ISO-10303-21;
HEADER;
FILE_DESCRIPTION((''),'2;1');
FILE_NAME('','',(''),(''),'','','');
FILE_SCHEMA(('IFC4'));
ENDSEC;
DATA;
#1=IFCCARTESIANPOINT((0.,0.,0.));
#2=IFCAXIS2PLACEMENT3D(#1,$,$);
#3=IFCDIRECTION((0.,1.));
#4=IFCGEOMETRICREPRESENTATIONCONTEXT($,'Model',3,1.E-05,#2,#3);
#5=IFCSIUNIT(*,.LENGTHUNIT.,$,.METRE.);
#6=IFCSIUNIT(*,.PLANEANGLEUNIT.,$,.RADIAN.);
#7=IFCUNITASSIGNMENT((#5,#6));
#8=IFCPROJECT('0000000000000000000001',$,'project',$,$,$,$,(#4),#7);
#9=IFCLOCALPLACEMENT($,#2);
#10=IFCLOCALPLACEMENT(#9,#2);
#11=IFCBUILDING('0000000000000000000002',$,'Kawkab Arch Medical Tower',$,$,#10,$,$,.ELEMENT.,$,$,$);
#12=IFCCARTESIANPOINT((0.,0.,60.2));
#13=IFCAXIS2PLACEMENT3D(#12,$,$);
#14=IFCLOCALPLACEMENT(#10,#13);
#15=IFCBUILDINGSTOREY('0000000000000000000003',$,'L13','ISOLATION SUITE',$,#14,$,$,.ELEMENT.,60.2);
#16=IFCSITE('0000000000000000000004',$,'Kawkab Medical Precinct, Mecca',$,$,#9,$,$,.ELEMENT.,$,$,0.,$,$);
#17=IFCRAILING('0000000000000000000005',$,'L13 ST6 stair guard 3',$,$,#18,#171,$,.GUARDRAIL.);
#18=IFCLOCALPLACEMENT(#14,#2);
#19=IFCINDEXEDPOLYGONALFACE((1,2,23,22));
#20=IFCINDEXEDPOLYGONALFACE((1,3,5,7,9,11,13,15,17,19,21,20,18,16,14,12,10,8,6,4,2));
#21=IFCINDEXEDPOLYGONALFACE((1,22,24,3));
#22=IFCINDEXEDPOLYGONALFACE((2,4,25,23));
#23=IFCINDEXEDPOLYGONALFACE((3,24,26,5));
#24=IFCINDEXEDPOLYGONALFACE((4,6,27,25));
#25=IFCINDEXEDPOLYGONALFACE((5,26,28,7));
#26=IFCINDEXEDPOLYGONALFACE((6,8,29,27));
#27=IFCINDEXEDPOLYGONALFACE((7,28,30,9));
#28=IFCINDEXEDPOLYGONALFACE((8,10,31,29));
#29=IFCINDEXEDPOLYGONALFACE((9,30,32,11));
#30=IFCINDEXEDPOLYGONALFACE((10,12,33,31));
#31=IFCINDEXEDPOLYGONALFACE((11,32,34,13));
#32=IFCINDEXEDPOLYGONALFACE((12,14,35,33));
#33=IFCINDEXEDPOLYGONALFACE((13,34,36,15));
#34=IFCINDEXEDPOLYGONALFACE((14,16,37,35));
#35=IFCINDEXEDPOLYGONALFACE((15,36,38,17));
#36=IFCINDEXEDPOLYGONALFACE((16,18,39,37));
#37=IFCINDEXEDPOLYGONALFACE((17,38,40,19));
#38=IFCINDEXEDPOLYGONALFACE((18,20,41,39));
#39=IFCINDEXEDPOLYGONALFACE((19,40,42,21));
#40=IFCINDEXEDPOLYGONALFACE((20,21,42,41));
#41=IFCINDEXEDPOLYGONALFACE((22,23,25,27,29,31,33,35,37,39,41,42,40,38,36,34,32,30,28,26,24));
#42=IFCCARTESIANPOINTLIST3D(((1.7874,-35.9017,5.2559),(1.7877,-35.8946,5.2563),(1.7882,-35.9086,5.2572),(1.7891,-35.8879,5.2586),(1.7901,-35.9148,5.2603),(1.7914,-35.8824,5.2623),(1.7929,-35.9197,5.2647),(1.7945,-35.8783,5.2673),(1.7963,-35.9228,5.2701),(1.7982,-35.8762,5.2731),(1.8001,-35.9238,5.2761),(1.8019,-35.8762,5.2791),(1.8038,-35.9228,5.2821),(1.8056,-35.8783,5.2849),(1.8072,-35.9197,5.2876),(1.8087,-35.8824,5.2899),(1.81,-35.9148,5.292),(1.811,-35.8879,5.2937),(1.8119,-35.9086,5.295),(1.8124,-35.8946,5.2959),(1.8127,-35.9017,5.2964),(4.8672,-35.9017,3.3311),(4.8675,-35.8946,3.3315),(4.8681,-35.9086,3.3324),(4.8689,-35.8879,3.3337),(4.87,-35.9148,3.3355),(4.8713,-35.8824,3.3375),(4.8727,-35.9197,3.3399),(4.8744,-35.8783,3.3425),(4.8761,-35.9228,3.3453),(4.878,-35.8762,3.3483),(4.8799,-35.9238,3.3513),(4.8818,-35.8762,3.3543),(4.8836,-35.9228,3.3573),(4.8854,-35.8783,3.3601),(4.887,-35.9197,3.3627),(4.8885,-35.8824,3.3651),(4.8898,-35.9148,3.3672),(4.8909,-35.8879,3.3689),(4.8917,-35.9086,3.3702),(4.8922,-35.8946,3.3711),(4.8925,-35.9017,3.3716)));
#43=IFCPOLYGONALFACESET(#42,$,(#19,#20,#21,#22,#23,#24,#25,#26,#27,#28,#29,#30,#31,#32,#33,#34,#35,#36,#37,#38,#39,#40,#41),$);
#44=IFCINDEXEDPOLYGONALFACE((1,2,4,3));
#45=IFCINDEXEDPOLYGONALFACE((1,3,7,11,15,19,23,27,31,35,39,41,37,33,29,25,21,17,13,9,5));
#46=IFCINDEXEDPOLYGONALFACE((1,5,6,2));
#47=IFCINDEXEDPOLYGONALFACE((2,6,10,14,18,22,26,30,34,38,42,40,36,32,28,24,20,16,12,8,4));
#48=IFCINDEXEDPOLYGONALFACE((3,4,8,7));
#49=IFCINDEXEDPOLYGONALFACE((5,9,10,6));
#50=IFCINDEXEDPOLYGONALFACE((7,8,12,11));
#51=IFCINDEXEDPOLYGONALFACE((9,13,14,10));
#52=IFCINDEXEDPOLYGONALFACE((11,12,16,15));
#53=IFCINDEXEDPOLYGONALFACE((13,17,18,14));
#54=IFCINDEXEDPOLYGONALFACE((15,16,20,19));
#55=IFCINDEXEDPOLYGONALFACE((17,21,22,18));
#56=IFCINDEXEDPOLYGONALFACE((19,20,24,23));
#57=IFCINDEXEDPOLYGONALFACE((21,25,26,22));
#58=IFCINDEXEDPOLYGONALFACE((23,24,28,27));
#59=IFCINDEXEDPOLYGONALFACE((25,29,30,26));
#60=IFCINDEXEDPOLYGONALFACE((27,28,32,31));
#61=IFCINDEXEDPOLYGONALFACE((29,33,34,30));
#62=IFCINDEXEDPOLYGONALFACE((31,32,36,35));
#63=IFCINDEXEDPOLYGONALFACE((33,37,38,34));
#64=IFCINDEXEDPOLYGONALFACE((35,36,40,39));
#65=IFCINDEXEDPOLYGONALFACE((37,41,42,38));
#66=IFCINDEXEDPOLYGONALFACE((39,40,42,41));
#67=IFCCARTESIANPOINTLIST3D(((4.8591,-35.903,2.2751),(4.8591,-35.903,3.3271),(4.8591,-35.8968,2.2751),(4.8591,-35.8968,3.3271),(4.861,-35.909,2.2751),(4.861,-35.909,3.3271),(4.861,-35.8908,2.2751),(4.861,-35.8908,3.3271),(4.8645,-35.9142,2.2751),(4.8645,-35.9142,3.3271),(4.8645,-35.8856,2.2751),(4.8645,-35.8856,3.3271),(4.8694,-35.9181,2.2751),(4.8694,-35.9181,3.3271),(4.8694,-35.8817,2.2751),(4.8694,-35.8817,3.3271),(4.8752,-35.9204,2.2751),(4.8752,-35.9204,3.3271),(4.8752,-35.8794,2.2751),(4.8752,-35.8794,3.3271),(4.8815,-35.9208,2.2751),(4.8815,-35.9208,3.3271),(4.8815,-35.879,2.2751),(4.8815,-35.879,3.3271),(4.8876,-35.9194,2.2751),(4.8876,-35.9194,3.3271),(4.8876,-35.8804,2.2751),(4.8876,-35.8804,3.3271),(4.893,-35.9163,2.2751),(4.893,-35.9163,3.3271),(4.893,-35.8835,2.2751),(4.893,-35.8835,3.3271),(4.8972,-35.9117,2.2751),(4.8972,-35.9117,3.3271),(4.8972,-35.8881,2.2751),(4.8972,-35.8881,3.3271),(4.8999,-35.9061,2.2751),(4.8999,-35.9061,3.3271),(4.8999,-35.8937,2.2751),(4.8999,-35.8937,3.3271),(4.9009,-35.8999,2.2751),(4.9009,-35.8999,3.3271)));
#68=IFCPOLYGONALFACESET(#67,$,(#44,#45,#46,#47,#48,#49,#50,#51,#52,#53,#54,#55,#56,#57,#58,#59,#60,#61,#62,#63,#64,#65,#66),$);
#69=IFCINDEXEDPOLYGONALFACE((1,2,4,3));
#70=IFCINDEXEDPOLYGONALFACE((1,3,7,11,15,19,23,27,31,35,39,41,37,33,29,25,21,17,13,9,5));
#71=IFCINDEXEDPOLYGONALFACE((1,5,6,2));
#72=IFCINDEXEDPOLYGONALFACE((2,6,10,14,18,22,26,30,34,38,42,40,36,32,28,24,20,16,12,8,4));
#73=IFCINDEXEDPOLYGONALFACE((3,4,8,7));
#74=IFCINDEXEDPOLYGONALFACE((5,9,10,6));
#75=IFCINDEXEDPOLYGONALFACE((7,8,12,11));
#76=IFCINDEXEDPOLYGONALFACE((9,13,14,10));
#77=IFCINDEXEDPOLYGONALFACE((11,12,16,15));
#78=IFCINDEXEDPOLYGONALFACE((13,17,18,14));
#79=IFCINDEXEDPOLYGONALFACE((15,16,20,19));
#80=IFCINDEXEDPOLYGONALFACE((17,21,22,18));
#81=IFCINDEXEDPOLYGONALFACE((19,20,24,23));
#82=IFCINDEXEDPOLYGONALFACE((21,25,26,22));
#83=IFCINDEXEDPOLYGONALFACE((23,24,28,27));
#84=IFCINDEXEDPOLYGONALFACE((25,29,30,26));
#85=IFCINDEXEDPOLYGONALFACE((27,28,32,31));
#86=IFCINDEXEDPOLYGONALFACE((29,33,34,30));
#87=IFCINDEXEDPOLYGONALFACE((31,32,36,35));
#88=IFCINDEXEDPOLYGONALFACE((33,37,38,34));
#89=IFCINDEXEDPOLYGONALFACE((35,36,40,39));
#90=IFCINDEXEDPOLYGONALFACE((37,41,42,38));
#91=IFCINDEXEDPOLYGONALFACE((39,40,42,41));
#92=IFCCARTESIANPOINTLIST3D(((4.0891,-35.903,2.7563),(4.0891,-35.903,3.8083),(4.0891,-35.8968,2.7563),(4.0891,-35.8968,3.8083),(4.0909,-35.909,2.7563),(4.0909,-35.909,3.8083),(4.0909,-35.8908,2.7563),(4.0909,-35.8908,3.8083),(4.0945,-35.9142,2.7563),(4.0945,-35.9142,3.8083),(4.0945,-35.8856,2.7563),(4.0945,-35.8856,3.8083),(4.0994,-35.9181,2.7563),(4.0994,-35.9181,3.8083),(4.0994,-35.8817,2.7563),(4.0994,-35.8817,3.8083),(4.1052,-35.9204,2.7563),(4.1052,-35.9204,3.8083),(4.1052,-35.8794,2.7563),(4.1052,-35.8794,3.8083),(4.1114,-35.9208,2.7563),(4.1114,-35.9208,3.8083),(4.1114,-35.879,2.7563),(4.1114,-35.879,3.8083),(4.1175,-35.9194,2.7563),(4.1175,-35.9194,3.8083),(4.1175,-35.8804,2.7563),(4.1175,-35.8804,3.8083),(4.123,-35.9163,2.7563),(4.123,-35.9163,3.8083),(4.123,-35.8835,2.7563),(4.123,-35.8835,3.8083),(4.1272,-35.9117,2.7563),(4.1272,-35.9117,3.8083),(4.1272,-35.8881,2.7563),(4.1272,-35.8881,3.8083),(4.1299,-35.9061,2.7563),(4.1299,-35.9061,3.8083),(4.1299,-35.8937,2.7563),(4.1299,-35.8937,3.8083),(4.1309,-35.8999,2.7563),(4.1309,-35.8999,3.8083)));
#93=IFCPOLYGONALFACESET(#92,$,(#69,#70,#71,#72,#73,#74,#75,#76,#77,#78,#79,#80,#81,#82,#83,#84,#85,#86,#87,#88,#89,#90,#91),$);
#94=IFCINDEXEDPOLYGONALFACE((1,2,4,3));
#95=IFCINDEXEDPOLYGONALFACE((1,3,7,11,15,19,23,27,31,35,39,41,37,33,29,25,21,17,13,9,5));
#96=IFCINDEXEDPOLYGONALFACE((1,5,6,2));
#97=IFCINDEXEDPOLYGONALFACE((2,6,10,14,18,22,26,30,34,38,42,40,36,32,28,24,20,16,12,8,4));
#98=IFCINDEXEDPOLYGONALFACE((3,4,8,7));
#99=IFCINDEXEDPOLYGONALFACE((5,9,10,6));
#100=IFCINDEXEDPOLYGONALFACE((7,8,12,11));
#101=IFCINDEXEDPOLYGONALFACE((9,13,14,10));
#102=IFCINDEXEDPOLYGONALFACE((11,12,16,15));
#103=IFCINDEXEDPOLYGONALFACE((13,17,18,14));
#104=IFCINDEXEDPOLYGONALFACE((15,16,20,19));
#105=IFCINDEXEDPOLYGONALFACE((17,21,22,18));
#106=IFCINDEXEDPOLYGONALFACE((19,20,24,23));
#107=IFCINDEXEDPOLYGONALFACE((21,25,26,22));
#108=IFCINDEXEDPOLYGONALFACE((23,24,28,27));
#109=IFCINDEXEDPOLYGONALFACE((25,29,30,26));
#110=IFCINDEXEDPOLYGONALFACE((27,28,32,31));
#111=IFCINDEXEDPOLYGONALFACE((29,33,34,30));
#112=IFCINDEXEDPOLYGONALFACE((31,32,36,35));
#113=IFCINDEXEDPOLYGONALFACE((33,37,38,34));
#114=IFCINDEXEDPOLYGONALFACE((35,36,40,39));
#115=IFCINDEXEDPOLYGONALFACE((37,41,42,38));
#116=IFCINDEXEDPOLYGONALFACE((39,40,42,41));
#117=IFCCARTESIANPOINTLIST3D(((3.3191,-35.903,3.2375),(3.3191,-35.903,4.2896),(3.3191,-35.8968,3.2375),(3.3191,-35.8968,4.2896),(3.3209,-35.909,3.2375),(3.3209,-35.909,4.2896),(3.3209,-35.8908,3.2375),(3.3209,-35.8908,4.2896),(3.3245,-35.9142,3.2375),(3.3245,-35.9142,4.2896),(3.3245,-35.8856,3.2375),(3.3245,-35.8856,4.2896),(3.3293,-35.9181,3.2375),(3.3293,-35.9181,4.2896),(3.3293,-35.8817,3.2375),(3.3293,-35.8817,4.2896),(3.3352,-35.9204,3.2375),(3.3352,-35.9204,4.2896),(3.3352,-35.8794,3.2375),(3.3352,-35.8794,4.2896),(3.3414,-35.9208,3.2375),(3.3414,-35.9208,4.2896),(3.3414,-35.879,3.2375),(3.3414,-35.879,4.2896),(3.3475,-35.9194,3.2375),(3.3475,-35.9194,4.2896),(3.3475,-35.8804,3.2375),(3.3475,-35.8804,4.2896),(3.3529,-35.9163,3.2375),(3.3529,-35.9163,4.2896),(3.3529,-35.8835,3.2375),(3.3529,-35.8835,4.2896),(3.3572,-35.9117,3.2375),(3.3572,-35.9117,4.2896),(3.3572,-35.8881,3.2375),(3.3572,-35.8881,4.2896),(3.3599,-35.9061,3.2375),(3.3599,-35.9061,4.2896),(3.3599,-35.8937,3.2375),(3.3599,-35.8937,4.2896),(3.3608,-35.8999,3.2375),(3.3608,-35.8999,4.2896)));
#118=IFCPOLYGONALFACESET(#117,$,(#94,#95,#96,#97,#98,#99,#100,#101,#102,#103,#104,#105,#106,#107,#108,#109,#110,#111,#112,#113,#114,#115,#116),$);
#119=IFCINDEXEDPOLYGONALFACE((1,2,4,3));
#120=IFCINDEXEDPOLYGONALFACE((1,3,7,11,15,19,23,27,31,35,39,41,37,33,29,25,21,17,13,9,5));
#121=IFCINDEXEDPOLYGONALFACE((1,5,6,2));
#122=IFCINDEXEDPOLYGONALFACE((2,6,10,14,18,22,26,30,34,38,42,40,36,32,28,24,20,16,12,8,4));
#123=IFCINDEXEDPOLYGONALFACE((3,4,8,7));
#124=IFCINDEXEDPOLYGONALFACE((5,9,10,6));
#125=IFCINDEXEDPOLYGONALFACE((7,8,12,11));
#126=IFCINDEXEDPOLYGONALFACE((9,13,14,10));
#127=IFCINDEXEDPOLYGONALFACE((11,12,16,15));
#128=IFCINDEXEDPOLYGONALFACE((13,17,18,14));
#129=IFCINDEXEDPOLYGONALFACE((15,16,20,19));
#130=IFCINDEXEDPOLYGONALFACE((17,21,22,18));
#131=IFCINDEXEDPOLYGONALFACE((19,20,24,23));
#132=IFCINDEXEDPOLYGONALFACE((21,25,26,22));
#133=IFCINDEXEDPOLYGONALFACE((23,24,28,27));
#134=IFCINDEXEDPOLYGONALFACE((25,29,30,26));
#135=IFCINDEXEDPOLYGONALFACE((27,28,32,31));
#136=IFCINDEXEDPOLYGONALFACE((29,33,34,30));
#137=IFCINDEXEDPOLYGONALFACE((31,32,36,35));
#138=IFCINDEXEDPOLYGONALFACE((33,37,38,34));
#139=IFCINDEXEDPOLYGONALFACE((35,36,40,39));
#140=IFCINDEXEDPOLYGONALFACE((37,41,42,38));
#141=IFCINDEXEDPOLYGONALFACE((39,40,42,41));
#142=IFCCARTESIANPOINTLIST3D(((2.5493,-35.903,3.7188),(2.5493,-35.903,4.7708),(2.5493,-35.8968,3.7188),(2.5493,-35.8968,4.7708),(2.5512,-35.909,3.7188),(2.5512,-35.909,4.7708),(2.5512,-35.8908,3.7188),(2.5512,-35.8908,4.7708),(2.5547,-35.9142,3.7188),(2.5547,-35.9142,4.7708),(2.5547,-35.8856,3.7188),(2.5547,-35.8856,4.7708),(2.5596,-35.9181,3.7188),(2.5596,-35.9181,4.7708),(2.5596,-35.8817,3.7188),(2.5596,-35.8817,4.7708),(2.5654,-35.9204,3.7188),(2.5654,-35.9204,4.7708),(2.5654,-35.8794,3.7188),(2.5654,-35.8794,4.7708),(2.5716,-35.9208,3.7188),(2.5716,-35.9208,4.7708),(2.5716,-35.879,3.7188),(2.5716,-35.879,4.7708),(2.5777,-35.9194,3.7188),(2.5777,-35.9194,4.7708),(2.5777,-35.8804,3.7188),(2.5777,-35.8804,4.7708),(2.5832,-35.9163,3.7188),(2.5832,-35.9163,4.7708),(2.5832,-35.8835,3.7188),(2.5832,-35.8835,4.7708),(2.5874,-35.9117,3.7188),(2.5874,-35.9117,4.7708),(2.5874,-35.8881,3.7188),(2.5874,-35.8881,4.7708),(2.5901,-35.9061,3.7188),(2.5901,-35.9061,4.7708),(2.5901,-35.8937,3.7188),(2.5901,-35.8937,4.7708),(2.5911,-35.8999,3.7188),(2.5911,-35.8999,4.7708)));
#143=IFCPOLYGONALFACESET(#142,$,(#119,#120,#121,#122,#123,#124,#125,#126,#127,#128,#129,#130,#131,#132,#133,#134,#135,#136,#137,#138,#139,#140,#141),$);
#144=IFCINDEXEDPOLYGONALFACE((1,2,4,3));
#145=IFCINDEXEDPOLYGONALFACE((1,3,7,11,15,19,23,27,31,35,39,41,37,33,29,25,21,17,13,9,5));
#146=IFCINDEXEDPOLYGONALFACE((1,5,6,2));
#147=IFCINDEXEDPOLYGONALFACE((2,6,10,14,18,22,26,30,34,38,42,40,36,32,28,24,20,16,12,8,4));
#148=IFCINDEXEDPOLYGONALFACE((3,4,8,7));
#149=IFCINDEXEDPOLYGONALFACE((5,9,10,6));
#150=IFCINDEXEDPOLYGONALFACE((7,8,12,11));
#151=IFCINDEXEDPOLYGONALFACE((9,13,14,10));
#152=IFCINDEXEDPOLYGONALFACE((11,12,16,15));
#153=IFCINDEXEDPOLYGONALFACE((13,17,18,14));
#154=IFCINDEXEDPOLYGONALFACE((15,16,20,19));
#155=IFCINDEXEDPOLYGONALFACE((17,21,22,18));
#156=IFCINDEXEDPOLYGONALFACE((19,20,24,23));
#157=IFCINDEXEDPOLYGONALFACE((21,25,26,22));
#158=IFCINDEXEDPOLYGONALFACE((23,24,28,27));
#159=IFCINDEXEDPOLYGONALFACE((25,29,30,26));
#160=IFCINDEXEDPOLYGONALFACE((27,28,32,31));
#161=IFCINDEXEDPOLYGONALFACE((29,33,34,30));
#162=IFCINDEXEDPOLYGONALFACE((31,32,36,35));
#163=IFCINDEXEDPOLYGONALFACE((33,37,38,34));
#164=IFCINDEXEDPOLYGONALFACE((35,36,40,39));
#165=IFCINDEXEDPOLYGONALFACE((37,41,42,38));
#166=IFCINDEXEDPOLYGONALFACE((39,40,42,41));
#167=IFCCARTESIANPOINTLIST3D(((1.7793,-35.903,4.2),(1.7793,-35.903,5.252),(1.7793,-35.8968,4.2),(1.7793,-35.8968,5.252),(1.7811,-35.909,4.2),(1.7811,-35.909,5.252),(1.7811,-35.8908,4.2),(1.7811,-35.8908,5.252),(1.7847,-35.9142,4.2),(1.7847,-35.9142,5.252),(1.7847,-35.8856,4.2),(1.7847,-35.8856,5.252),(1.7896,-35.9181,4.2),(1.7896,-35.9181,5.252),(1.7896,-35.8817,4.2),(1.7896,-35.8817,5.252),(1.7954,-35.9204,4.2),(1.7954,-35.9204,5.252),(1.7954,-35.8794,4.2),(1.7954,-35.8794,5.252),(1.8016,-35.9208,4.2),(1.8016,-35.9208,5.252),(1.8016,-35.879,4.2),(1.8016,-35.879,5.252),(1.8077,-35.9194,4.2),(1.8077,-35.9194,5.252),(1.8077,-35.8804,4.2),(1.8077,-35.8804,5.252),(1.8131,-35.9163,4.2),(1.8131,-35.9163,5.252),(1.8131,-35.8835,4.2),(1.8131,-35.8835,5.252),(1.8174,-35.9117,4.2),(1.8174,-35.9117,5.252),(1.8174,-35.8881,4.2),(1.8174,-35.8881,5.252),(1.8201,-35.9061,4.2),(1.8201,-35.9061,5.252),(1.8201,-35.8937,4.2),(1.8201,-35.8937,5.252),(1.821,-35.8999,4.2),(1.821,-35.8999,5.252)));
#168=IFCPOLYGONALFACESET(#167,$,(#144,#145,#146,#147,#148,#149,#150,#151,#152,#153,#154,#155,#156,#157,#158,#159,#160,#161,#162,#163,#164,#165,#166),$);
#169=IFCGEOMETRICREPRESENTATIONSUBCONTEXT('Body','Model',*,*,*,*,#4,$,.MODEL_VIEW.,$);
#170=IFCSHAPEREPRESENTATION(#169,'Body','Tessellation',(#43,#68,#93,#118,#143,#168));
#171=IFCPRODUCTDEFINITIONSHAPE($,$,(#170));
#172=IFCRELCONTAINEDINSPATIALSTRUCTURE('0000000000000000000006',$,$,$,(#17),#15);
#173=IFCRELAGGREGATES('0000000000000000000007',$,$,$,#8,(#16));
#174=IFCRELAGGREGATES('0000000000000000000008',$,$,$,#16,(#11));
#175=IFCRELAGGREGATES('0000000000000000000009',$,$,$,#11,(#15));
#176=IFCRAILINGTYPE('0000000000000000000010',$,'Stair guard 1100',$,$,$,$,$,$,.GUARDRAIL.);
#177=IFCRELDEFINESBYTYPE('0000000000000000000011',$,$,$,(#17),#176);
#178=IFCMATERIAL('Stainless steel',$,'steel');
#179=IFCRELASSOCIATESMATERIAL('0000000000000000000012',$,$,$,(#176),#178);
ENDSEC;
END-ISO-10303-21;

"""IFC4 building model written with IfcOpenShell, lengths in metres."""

from ifc_helpers import new_model, si_unit, direction, frame, origin, origin_2d, place, context, subcontext, project, spatial, circle, extrude, material, type_object, element, save


model = new_model("IFC4")

# Units and contexts
model_context = context("Model", 3, precision=1e-05, world=origin(), true_north=direction((0.0, 1.0)))
body_context = subcontext(model_context, "Body", "Model", "MODEL_VIEW")
ifc_project = project(units=[si_unit("LENGTHUNIT", "METRE"), si_unit("PLANEANGLEUNIT", "RADIAN")], contexts=[model_context])

# Site, building, storey
site_placement = place(None, origin())
site = spatial("IfcSite", under=ifc_project, at=site_placement, Name="Kawkab Medical Precinct, Mecca", CompositionType="ELEMENT", RefElevation=0.0)
building_placement = place(site_placement, origin())
building = spatial("IfcBuilding", under=site, at=building_placement, Name="Kawkab Arch Medical Tower", CompositionType="ELEMENT")
storey_placement = place(building_placement, frame((0.0, 0.0, 60.2)))
storey = spatial("IfcBuildingStorey", under=building, at=storey_placement, Name="L13", Description="ISOLATION SUITE", CompositionType="ELEMENT", Elevation=60.2)

# Railing
ifc_material_1 = material(Name="Stainless steel", Category="steel")
railing_type = type_object("IfcRailingType", Name="Stair guard 1100", PredefinedType="GUARDRAIL", material=ifc_material_1)
railing_1_placement = place(storey_placement, frame((4.8799, -35.8999, 2.2751)))
element("IfcRailing", 1, at=railing_1_placement, inside=storey, type_object=railing_type, Name="L13 ST6 stair guard 3", PredefinedType="GUARDRAIL", context=body_context, shape_type="SweptSolid", body=[
    extrude(circle(Radius=0.0239, at=origin_2d()), frame((0.0, 0.0, 1.0762), z_axis=(-0.84801, 0.0, 0.529981), x_axis=(0.0, -1.0, 0.0)), (0.0, 0.0, 1.0), 3.6318),
    extrude(circle(Radius=0.021, at=origin_2d()), origin(), (0.0, 0.0, 1.0), 1.052),
    extrude(circle(Radius=0.021, at=origin_2d()), frame((-0.77, 0.0, 0.4812)), (0.0, 0.0, 1.0), 1.052),
    extrude(circle(Radius=0.021, at=origin_2d()), frame((-1.54, 0.0, 0.9624)), (0.0, 0.0, 1.0), 1.052),
    extrude(circle(Radius=0.021, at=origin_2d()), frame((-2.3098, 0.0, 1.4436)), (0.0, 0.0, 1.0), 1.052),
    extrude(circle(Radius=0.021, at=origin_2d()), frame((-3.0798, 0.0, 1.9248)), (0.0, 0.0, 1.0), 1.052),
])

save(model, "model.ifc")
